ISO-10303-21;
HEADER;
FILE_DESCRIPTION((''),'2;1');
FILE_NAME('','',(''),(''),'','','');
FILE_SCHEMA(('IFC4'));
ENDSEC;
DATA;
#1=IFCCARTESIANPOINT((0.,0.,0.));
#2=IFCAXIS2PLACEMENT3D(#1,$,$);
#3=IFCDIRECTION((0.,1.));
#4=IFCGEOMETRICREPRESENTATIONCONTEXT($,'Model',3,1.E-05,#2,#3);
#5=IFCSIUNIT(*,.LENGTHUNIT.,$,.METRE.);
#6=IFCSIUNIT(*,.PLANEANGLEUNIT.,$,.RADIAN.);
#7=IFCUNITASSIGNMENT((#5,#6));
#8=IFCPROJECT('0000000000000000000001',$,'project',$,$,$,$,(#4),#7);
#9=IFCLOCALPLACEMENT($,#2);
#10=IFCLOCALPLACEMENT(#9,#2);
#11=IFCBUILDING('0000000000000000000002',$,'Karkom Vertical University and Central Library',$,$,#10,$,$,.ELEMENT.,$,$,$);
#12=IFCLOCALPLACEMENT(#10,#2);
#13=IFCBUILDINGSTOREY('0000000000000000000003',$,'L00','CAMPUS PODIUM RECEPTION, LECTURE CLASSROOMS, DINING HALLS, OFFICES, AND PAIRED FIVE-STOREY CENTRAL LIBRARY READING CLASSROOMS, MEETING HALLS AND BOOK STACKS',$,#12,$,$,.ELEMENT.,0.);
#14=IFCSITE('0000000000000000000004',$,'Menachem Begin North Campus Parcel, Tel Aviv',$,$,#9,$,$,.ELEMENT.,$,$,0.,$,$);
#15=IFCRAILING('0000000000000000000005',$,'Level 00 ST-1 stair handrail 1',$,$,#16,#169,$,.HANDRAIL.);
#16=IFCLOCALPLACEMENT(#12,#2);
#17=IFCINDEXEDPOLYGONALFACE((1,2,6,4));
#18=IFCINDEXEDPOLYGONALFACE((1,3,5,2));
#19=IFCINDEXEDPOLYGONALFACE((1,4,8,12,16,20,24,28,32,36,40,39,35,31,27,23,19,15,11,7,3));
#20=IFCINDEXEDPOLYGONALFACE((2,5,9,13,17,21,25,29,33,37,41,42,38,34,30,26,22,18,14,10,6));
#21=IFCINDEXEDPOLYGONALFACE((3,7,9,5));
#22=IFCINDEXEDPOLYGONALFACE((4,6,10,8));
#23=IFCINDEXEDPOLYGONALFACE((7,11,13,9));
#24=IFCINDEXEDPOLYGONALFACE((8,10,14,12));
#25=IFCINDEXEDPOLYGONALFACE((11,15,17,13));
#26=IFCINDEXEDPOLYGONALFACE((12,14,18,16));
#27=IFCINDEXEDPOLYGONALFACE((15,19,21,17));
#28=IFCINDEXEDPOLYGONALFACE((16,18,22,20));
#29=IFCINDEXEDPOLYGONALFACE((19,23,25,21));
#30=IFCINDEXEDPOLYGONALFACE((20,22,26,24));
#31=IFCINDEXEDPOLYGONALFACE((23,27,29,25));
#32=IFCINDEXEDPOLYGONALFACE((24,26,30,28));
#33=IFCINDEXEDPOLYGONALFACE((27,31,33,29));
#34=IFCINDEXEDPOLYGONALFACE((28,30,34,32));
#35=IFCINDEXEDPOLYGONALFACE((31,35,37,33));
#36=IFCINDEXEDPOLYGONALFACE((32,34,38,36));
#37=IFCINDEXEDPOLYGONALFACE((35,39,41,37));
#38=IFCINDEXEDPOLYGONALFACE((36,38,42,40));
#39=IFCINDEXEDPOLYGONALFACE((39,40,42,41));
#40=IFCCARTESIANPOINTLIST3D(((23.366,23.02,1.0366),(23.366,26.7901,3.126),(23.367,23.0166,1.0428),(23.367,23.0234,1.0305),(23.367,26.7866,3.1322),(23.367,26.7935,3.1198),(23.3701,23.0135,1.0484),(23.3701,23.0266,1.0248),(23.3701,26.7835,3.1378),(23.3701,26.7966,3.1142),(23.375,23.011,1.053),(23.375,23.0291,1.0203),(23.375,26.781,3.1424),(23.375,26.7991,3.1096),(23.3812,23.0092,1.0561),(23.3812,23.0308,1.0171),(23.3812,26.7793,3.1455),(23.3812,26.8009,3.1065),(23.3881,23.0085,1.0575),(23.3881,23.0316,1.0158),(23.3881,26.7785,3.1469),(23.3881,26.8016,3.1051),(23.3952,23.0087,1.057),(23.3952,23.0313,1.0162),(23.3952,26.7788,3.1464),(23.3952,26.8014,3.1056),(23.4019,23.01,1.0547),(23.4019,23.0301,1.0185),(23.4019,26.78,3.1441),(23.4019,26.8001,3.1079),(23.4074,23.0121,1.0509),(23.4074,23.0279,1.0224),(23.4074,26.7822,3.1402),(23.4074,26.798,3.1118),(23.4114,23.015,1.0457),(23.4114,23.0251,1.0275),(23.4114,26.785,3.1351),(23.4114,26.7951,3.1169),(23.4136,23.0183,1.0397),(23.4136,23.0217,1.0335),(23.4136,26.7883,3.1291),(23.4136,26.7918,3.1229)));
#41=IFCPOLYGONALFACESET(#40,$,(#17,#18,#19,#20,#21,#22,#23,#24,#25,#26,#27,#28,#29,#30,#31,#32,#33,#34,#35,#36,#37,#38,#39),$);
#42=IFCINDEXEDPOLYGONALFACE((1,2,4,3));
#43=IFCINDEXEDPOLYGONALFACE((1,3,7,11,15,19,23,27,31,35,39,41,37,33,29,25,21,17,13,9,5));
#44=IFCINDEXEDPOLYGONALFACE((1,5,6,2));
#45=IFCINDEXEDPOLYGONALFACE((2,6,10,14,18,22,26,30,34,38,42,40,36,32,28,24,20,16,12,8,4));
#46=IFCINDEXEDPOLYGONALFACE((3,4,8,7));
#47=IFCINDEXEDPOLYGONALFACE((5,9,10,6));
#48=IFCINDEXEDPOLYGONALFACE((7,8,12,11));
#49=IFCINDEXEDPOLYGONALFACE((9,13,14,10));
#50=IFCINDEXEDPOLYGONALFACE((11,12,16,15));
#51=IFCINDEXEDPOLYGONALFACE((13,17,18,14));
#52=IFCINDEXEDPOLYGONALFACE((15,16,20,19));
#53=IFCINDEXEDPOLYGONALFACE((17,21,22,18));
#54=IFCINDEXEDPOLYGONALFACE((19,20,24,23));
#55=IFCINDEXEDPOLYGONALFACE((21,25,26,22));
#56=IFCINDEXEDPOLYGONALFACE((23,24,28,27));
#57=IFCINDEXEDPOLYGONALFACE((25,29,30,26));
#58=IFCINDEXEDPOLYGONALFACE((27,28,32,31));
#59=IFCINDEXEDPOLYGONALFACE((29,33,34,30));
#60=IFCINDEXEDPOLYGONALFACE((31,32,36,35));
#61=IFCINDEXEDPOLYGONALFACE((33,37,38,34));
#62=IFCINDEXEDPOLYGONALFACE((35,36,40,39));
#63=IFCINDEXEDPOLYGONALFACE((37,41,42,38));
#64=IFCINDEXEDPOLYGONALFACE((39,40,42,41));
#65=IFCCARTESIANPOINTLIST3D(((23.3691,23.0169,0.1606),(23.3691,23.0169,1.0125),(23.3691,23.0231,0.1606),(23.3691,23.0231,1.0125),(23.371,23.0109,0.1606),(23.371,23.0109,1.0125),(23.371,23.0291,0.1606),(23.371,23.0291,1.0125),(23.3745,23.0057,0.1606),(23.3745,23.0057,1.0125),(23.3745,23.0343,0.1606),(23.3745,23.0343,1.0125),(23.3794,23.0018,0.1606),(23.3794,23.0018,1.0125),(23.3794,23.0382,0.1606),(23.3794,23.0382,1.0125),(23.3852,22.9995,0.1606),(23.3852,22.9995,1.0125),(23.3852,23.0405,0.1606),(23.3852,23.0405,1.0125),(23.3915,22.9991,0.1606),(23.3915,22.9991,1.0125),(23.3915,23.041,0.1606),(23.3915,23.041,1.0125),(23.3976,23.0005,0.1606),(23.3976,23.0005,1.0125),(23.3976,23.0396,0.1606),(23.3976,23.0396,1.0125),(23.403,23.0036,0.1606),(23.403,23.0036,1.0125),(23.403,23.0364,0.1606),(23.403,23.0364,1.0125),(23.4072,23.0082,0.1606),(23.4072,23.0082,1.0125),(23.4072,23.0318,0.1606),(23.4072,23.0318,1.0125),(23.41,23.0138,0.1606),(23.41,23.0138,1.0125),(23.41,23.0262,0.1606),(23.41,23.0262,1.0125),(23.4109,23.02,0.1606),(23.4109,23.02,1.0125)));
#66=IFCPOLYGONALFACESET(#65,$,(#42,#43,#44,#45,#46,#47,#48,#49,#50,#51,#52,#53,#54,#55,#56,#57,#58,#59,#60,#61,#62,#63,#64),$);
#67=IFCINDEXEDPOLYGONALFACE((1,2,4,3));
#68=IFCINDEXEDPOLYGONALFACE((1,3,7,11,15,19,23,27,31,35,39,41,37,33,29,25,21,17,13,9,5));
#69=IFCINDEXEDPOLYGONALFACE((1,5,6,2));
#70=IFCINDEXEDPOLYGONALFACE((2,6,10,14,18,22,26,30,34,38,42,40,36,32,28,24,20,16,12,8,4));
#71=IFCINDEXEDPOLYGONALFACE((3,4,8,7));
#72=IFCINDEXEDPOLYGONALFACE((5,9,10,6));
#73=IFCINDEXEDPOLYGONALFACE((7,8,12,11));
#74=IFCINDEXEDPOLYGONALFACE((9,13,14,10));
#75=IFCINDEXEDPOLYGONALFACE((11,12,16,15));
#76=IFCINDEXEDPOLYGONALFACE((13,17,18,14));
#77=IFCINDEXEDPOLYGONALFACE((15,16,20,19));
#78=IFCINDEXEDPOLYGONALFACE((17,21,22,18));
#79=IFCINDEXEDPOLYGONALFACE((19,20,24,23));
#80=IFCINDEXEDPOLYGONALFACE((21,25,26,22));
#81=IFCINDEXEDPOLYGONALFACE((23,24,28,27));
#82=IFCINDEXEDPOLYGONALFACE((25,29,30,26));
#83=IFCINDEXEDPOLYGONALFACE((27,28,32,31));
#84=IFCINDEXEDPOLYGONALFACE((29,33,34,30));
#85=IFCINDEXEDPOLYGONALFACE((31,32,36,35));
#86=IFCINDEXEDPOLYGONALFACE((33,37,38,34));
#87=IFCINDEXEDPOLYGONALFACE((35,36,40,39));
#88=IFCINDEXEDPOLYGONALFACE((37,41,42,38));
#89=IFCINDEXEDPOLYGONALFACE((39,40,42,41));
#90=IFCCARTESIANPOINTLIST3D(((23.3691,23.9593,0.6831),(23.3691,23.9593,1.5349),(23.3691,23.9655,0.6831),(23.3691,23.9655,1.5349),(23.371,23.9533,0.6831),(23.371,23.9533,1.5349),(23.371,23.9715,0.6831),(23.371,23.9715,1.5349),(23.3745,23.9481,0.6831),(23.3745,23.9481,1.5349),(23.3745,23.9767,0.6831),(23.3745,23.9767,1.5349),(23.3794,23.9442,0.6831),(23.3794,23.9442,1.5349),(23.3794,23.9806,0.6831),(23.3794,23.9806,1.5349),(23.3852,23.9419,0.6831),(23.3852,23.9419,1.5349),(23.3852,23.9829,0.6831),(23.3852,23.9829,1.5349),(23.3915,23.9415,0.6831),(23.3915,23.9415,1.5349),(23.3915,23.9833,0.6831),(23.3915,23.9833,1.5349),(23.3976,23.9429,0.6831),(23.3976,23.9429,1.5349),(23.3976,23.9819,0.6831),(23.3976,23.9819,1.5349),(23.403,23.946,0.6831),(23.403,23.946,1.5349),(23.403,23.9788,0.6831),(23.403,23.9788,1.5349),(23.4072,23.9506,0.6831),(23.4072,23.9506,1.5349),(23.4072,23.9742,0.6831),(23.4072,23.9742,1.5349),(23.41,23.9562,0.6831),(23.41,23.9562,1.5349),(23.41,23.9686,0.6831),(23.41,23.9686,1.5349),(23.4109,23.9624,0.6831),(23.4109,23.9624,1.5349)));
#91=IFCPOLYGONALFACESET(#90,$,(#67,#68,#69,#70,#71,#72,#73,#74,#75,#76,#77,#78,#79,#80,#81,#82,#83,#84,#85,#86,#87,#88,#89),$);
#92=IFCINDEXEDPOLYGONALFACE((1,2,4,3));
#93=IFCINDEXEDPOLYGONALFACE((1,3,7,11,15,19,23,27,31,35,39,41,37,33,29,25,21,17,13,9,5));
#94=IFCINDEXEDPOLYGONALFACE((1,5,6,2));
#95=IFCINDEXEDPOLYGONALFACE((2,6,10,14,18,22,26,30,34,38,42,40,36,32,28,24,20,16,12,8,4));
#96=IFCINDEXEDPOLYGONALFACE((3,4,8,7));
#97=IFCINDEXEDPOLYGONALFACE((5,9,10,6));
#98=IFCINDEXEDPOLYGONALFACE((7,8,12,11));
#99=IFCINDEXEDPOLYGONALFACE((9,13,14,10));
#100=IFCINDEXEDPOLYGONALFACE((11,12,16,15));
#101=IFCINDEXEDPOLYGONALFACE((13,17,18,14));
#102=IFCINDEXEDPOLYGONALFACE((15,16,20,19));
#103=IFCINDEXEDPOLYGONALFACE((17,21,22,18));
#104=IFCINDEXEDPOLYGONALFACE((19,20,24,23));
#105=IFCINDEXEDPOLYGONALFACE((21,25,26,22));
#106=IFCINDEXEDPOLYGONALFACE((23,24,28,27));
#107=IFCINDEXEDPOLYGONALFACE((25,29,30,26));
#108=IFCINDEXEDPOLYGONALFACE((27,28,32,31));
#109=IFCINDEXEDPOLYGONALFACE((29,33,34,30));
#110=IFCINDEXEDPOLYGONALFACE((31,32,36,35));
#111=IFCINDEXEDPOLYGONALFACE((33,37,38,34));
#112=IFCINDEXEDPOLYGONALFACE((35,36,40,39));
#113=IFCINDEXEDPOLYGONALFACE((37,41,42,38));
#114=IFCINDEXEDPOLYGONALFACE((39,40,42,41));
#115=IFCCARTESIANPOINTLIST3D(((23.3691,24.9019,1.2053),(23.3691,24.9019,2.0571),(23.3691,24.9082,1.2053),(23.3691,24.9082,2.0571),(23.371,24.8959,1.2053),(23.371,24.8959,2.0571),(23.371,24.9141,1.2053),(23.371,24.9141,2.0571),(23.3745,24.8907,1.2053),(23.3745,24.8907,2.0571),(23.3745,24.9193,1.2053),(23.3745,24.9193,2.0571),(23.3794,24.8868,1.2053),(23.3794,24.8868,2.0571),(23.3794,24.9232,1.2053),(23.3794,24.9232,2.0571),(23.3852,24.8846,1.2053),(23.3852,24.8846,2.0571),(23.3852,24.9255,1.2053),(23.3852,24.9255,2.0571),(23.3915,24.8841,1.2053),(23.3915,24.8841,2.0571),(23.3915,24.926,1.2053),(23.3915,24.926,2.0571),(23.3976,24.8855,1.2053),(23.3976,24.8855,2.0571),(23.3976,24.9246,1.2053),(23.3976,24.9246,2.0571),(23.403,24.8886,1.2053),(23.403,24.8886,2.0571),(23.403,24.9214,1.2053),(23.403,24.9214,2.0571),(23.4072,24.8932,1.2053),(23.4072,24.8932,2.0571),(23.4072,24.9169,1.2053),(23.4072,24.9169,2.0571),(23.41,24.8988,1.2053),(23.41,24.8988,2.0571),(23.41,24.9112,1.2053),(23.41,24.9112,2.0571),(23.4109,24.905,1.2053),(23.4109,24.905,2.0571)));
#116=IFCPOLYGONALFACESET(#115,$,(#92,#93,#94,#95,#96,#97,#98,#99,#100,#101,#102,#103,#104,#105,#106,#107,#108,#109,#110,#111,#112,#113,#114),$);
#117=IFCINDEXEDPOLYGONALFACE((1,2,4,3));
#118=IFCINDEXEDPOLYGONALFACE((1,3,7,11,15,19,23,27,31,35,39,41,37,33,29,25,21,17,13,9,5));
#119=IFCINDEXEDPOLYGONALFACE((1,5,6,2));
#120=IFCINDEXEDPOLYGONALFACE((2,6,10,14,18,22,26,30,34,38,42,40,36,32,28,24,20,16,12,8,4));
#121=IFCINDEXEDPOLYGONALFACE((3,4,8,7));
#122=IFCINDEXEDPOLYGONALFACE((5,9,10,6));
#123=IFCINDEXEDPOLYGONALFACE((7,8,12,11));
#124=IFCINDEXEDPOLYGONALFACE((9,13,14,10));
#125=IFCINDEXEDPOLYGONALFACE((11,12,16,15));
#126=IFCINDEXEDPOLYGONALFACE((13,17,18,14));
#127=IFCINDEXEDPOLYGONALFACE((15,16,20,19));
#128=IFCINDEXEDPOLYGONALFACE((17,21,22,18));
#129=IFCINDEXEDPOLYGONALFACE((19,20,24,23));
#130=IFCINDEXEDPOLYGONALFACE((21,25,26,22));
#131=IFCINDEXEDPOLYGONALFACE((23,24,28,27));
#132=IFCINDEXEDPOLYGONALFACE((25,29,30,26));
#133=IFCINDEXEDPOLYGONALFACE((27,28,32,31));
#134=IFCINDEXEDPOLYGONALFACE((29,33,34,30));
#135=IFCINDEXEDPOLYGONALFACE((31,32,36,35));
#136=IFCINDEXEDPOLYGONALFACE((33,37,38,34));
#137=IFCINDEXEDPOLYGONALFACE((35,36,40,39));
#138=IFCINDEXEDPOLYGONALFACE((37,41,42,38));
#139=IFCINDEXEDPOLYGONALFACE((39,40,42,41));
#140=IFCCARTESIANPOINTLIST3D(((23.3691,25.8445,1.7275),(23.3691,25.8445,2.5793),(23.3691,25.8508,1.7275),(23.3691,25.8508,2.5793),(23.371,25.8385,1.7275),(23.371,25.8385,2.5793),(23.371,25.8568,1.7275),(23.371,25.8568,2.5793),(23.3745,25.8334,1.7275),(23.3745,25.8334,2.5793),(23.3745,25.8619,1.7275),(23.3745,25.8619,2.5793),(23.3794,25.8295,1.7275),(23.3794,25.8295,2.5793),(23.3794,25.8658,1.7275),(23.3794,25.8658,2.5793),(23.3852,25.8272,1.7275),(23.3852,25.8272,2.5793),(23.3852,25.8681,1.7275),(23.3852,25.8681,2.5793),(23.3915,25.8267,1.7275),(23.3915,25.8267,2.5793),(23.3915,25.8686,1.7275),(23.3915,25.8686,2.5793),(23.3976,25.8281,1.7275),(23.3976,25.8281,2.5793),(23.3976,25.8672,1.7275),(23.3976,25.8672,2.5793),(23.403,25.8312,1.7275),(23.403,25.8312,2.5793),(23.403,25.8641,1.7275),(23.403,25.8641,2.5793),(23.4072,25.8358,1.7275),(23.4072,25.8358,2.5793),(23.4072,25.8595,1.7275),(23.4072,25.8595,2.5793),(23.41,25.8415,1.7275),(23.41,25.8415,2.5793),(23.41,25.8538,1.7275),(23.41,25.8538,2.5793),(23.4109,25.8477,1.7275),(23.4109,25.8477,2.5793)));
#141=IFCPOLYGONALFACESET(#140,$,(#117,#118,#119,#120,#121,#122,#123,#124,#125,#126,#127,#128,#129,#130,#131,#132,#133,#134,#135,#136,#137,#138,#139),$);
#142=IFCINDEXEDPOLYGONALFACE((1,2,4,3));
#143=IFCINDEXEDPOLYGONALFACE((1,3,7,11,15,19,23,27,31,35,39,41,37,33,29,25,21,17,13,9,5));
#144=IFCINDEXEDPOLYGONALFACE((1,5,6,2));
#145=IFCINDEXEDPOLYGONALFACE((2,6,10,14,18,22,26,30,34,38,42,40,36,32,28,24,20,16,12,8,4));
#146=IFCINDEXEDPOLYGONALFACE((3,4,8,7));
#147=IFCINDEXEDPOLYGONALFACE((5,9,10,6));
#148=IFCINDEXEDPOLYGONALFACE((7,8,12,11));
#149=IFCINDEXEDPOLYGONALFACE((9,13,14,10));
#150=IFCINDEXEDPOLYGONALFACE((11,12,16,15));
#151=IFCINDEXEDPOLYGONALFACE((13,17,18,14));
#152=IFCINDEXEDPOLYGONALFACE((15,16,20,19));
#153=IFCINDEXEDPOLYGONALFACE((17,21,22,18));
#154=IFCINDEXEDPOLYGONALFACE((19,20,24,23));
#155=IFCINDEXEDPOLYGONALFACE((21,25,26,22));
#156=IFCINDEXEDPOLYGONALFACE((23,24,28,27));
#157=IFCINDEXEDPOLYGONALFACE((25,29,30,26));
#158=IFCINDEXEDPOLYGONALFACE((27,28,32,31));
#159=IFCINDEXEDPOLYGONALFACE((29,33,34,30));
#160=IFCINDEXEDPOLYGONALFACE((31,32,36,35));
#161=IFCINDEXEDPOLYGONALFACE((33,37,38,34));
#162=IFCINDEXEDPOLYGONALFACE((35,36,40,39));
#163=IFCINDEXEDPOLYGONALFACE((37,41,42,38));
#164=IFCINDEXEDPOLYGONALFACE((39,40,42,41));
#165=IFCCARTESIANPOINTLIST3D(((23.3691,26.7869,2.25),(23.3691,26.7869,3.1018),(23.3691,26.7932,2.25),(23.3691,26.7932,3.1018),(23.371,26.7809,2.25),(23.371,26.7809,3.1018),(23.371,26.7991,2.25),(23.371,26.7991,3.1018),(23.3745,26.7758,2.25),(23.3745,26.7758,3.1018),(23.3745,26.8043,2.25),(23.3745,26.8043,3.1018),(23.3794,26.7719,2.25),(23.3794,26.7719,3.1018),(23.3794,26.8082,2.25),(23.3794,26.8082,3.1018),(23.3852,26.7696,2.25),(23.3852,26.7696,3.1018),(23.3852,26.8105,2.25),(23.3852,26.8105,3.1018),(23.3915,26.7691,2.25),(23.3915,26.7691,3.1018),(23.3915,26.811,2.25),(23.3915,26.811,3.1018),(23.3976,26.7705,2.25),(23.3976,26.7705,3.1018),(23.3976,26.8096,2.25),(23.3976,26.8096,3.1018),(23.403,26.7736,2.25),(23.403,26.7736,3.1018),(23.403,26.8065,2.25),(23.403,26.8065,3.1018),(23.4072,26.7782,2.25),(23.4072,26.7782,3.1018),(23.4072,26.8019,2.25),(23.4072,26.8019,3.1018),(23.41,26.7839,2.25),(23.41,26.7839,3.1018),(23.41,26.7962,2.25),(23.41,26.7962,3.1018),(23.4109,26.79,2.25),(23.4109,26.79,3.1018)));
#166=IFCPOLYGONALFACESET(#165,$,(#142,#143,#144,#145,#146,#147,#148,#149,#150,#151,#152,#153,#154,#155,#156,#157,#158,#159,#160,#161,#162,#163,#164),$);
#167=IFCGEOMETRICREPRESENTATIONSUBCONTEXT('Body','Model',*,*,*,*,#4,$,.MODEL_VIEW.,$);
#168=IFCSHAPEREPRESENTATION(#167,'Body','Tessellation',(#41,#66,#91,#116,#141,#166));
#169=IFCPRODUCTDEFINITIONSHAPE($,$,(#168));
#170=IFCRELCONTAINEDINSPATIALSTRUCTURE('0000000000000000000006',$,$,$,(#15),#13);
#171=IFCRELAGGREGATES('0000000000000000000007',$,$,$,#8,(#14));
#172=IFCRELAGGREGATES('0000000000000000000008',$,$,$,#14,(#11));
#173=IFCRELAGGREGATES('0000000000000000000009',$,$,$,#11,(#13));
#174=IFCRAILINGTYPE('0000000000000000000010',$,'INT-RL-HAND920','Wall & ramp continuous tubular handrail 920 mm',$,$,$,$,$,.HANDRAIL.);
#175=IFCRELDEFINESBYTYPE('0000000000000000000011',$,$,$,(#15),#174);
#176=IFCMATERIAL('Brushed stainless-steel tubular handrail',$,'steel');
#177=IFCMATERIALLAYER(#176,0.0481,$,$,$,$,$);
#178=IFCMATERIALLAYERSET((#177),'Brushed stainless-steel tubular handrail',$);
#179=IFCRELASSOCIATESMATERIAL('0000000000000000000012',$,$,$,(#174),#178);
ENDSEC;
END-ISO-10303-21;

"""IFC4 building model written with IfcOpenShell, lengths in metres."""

from ifc_helpers import new_model, si_unit, direction, frame, origin, origin_2d, place, context, subcontext, project, spatial, circle, extrude, material, layer, layer_set, type_object, element, save


model = new_model("IFC4")

# Units and contexts
model_context = context("Model", 3, precision=1e-05, world=origin(), true_north=direction((0.0, 1.0)))
body_context = subcontext(model_context, "Body", "Model", "MODEL_VIEW")
ifc_project = project(units=[si_unit("LENGTHUNIT", "METRE"), si_unit("PLANEANGLEUNIT", "RADIAN")], contexts=[model_context])

# Site, building, storey
site_placement = place(None, origin())
site = spatial("IfcSite", under=ifc_project, at=site_placement, Name="Menachem Begin North Campus Parcel, Tel Aviv", CompositionType="ELEMENT", RefElevation=0.0)
building_placement = place(site_placement, origin())
building = spatial("IfcBuilding", under=site, at=building_placement, Name="Karkom Vertical University and Central Library", CompositionType="ELEMENT")
storey_placement = place(building_placement, origin())
storey = spatial("IfcBuildingStorey", under=building, at=storey_placement, Name="L00", Description="CAMPUS PODIUM RECEPTION, LECTURE CLASSROOMS, DINING HALLS, OFFICES, AND PAIRED FIVE-STOREY CENTRAL LIBRARY READING CLASSROOMS, MEETING HALLS AND BOOK STACKS", CompositionType="ELEMENT", Elevation=0.0)

# Railing
ifc_material_1 = material(Name="Brushed stainless-steel tubular handrail", Category="steel")
ifc_layer_1 = layer(ifc_material_1, 0.0481)
ifc_layer_set_1 = layer_set([ifc_layer_1], Name="Brushed stainless-steel tubular handrail")
railing_type_1 = type_object("IfcRailingType", Name="INT-RL-HAND920", Description="Wall & ramp continuous tubular handrail 920 mm", PredefinedType="HANDRAIL", material=ifc_layer_set_1)
railing_1_placement = place(storey_placement, frame((23.3899, 23.02, 0.1606)))
element("IfcRailing", 1, at=railing_1_placement, inside=storey, type_object=railing_type_1, Name="Level 00 ST-1 stair handrail 1", PredefinedType="HANDRAIL", context=body_context, shape_type="SweptSolid", body=[
    extrude(circle(Radius=0.0239, at=origin_2d()), frame((0.0, 0.0, 0.876), z_axis=(0.0, 0.874659, 0.484739), x_axis=(-1.0, 0.0, 0.0)), (0.0, 0.0, 1.0), 4.3103),
    extrude(circle(Radius=0.021, at=origin_2d()), origin(), (0.0, 0.0, 1.0), 0.8518),
    extrude(circle(Radius=0.021, at=origin_2d()), frame((0.0, 0.9424, 0.5225)), (0.0, 0.0, 1.0), 0.8518),
    extrude(circle(Radius=0.021, at=origin_2d()), frame((0.0, 1.885, 1.0447)), (0.0, 0.0, 1.0), 0.8518),
    extrude(circle(Radius=0.021, at=origin_2d()), frame((0.0, 2.8276, 1.5669)), (0.0, 0.0, 1.0), 0.8518),
    extrude(circle(Radius=0.021, at=origin_2d()), frame((0.0, 3.77, 2.0894)), (0.0, 0.0, 1.0), 0.8518),
])

save(model, "model.ifc")
